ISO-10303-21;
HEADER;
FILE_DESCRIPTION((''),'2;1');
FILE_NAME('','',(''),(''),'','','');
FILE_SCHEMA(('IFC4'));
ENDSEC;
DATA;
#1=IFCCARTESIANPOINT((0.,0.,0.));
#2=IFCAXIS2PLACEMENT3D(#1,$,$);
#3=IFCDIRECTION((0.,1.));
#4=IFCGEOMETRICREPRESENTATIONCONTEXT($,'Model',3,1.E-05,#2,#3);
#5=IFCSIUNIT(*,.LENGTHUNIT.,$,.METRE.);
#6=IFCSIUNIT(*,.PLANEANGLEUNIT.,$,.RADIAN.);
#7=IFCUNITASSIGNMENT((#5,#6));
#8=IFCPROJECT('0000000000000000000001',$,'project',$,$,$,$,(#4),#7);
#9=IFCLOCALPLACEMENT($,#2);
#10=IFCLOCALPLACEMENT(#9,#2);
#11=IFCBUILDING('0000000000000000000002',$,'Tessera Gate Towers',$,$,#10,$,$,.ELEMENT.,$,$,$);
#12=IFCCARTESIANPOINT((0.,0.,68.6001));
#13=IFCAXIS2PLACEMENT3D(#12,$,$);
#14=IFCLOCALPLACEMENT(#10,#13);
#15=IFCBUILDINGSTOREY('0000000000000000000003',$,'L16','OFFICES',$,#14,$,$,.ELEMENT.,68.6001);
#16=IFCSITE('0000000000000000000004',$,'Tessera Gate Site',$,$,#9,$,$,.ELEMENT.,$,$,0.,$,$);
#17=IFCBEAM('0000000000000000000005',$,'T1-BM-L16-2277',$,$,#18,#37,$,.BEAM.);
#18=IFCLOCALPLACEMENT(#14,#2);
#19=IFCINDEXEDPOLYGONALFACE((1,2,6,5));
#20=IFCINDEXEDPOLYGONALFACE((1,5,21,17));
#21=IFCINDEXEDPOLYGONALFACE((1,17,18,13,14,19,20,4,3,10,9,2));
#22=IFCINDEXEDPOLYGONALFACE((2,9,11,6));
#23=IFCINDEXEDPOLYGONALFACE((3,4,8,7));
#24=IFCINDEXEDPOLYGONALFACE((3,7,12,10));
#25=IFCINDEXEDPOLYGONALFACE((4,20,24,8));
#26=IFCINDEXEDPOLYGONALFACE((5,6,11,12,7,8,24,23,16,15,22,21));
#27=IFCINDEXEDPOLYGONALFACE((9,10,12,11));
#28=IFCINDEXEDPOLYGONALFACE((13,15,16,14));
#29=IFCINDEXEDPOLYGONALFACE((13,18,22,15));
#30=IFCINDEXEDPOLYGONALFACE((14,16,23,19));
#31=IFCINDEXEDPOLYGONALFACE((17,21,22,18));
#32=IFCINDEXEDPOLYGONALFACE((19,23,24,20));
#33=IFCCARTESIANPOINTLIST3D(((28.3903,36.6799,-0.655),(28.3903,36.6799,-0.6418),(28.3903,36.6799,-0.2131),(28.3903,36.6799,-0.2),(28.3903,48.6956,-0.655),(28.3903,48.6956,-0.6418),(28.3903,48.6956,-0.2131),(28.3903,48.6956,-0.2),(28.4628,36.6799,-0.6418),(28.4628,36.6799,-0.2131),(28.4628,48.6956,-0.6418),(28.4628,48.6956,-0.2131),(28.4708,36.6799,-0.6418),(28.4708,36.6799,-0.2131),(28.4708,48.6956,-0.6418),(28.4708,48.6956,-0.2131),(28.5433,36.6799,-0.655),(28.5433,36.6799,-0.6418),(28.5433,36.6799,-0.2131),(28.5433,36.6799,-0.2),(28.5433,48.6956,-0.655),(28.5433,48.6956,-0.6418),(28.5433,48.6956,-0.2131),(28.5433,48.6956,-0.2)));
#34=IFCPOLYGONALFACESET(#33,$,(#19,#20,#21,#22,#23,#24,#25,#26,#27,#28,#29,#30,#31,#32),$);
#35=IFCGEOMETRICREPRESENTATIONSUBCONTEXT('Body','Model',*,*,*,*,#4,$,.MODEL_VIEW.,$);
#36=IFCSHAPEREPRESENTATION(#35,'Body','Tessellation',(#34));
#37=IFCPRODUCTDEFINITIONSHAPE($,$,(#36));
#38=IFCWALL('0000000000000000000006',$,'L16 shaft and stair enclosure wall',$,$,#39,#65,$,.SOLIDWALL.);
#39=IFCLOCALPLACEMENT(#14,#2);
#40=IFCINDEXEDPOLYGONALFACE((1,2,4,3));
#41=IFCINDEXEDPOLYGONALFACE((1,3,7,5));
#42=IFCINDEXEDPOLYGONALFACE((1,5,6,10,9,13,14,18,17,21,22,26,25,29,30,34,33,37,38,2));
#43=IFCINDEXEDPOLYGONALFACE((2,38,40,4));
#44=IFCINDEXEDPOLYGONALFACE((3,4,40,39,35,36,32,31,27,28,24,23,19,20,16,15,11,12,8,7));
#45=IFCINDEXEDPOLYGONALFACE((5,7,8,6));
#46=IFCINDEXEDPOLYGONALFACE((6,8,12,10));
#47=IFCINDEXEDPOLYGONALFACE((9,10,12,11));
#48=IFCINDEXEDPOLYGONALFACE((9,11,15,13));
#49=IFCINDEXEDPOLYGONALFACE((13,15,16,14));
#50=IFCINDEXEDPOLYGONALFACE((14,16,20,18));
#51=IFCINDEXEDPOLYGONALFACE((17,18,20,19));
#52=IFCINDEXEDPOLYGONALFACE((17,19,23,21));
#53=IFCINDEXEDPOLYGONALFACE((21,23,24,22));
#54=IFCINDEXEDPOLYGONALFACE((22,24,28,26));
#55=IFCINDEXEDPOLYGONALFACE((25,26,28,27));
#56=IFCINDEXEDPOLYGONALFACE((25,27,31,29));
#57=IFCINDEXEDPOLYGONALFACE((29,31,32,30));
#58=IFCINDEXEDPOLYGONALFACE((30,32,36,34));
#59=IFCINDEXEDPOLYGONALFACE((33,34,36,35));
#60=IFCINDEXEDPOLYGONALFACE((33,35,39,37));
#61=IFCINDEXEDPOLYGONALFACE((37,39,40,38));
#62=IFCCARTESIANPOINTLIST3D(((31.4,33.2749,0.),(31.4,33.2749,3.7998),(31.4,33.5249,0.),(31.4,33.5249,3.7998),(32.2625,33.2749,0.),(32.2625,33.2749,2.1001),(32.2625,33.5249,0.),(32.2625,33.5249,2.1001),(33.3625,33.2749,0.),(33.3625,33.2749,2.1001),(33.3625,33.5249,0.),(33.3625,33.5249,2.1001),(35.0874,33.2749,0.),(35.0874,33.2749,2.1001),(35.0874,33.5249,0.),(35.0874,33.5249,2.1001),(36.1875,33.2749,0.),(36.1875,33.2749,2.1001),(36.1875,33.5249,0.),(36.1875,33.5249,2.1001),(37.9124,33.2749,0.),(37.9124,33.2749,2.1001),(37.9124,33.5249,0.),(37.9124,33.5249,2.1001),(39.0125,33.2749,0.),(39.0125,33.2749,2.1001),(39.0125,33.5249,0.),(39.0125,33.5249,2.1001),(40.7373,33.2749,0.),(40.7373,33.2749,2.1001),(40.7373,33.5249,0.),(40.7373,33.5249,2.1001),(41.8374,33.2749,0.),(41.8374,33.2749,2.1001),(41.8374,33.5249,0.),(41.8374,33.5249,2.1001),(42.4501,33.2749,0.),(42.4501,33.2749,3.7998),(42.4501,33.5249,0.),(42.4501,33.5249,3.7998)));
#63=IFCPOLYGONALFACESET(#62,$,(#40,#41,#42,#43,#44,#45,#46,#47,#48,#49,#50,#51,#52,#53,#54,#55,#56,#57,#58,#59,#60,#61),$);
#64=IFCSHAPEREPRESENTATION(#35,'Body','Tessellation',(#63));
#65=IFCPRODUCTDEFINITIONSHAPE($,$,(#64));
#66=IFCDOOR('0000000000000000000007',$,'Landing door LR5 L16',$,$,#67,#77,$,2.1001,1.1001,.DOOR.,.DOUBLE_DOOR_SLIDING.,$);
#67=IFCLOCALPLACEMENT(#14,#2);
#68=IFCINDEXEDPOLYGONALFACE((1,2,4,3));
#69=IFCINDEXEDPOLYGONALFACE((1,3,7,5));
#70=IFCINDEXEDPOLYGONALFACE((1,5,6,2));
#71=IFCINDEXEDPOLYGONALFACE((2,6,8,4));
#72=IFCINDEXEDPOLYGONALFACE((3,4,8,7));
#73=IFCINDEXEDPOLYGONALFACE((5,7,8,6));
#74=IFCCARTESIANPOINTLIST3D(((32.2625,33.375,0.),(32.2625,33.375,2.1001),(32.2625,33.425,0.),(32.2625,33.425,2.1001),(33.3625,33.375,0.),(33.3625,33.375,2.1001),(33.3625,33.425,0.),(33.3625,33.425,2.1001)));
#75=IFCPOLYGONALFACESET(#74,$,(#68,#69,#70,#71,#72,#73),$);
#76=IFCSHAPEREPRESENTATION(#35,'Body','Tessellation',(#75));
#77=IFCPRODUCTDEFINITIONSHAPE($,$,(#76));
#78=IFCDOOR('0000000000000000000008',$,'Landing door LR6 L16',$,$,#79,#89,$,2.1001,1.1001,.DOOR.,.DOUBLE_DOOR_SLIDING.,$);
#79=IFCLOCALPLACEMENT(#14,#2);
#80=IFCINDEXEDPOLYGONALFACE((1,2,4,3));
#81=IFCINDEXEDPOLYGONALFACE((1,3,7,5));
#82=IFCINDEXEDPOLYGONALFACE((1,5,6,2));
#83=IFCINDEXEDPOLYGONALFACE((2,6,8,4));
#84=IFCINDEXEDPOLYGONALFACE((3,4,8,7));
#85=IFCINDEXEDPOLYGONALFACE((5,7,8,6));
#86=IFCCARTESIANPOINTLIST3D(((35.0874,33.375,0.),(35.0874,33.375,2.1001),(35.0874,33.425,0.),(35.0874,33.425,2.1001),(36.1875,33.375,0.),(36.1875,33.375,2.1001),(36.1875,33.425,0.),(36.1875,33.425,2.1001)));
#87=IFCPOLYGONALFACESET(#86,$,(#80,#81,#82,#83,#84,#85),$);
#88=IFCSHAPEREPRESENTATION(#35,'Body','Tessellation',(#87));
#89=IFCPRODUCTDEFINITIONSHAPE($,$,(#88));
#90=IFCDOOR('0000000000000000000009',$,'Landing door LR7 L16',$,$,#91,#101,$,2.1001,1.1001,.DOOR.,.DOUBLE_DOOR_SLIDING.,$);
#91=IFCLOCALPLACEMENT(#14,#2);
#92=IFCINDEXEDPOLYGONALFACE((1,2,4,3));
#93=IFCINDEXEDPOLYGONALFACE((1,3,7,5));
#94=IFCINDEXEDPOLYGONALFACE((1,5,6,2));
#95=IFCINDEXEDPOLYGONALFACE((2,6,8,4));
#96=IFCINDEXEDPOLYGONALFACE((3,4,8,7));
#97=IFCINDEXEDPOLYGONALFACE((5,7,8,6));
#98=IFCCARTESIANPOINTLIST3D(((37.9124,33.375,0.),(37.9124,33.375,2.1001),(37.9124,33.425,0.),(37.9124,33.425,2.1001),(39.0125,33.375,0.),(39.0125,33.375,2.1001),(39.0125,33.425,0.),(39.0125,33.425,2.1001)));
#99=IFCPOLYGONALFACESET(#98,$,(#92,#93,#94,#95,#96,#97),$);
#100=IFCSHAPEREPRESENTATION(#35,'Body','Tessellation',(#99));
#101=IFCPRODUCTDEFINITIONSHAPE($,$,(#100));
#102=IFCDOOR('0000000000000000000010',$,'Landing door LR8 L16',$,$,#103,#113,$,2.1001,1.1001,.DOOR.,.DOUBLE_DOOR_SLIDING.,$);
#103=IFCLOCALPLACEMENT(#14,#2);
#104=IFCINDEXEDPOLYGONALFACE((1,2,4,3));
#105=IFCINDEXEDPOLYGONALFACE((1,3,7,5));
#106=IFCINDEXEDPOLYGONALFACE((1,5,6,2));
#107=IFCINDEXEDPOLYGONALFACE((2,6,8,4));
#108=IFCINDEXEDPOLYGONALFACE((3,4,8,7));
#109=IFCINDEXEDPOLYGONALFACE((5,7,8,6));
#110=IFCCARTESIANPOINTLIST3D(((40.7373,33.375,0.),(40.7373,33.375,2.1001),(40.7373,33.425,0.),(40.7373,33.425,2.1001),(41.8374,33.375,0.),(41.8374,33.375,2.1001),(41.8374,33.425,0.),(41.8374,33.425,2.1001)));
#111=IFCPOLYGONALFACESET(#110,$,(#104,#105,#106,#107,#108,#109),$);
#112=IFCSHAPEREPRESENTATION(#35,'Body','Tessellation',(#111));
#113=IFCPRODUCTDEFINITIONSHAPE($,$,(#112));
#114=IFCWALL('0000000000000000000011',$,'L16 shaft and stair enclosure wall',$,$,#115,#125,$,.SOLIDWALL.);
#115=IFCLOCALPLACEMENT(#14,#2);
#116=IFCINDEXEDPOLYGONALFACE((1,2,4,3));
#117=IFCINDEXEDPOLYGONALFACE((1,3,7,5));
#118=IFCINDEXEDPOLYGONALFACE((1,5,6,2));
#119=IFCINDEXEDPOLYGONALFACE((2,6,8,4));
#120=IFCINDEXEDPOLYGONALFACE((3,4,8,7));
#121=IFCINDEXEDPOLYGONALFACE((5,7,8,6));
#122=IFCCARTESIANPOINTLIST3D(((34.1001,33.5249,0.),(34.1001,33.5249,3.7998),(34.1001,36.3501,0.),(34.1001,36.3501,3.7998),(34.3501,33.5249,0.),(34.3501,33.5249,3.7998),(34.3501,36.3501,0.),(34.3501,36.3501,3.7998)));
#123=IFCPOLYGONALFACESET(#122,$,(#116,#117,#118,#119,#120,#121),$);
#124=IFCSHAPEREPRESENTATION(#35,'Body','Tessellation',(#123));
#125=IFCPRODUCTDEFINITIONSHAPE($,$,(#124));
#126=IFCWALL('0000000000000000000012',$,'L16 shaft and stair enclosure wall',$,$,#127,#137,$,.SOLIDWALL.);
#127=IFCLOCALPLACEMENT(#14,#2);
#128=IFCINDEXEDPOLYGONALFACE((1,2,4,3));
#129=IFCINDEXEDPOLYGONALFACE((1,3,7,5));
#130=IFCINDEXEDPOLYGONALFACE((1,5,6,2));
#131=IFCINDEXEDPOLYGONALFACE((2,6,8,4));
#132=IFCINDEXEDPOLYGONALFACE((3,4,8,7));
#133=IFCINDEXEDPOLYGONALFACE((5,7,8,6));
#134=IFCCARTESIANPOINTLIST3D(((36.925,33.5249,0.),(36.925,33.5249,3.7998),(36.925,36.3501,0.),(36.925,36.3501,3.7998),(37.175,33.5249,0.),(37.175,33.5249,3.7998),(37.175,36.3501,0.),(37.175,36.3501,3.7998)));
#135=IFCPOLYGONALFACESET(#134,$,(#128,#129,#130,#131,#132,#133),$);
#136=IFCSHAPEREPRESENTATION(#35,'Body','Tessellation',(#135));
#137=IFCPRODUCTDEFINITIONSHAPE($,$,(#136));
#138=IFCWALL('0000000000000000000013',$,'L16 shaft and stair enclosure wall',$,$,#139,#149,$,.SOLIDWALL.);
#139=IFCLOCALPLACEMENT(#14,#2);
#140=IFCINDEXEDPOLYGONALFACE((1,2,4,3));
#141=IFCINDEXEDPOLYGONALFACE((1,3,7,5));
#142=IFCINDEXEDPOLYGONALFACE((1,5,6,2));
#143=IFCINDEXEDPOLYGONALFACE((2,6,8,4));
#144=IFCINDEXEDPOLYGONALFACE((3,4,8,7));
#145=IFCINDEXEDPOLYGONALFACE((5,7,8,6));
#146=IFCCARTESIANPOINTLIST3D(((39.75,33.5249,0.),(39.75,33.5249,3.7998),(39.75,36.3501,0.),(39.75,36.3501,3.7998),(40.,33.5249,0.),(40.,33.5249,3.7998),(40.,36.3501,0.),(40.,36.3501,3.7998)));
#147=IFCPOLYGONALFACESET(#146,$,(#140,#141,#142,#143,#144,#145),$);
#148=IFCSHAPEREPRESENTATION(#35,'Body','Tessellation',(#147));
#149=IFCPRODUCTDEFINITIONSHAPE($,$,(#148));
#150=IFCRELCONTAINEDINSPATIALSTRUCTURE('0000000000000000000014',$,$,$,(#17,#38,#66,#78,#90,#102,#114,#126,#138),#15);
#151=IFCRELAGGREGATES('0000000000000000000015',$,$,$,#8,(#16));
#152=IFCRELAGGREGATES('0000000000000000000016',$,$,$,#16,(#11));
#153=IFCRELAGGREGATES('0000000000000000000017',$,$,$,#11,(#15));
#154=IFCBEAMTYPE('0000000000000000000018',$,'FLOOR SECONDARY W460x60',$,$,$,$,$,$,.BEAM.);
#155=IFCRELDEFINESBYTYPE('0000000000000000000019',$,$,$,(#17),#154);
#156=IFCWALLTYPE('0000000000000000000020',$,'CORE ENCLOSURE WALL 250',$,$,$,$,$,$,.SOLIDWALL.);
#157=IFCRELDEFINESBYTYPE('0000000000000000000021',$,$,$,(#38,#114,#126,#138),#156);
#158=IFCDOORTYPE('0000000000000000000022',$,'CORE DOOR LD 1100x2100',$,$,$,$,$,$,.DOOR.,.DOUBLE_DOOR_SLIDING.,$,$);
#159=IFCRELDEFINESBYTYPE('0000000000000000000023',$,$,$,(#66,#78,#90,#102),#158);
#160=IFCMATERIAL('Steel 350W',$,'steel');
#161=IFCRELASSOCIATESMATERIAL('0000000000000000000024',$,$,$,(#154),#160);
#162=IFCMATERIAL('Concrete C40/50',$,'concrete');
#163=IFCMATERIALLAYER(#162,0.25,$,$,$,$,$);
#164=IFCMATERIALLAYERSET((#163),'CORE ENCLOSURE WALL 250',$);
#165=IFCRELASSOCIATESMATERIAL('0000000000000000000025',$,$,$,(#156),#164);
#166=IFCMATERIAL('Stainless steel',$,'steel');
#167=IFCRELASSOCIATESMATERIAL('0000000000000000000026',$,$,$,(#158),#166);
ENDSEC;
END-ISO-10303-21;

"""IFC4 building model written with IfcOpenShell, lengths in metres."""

from ifc_helpers import new_model, si_unit, direction, frame, frame_2d, origin, origin_2d, place, context, subcontext, project, spatial, rectangle, i_section, extrude, source, transform, mapped, material, layer, layer_set, material_profile, profile_set, type_object, element, fill, save


model = new_model("IFC4")

# Units and contexts
model_context = context("Model", 3, precision=1e-05, world=origin(), true_north=direction((0.0, 1.0)))
body_context = subcontext(model_context, "Body", "Model", "MODEL_VIEW")
ifc_project = project(units=[si_unit("LENGTHUNIT", "METRE"), si_unit("PLANEANGLEUNIT", "RADIAN")], contexts=[model_context])

# Site, building, storey
site_placement = place(None, origin())
site = spatial("IfcSite", under=ifc_project, at=site_placement, Name="Tessera Gate Site", CompositionType="ELEMENT", RefElevation=0.0)
building_placement = place(site_placement, origin())
building = spatial("IfcBuilding", under=site, at=building_placement, Name="Tessera Gate Towers", CompositionType="ELEMENT")
storey_placement = place(building_placement, frame((0.0, 0.0, 68.6001)))
storey = spatial("IfcBuildingStorey", under=building, at=storey_placement, Name="L16", Description="OFFICES", CompositionType="ELEMENT", Elevation=68.6001)

# Beam
ifc_material_1 = material(Name="Steel 350W", Category="steel")
ifc_material_profile = material_profile(ifc_material_1, i_section(OverallWidth=0.1531, OverallDepth=0.4551, WebThickness=0.0081, FlangeThickness=0.0132, at=origin_2d()), Name="W460x60")
ifc_profile_set = profile_set([ifc_material_profile], Name="Steel 350W")
beam_type = type_object("IfcBeamType", Name="FLOOR SECONDARY W460x60", PredefinedType="BEAM", material=ifc_profile_set)
beam_placement = place(storey_placement, frame((28.4668, 36.6799, -0.4275), z_axis=(0.0, 1.0, 0.0), x_axis=(-1.0, 0.0, 0.0)))
element("IfcBeam", 1, at=beam_placement, inside=storey, type_object=beam_type, Name="T1-BM-L16-2277", PredefinedType="BEAM", context=body_context, shape_type="SweptSolid", body=[
    extrude(i_section(OverallWidth=0.1531, OverallDepth=0.4551, WebThickness=0.0081, FlangeThickness=0.0132, at=origin_2d()), origin(), (0.0, 0.0, 1.0), 12.0156),
])

# Wall, openings, doors
ifc_material_2 = material(Name="Concrete C40/50", Category="concrete")
ifc_layer_1 = layer(ifc_material_2, 0.25)
ifc_layer_set_1 = layer_set([ifc_layer_1], Name="CORE ENCLOSURE WALL 250")
wall_type_1 = type_object("IfcWallType", Name="CORE ENCLOSURE WALL 250", PredefinedType="SOLIDWALL", material=ifc_layer_set_1)
wall_1_placement = place(storey_placement, frame((42.45, 33.3999, 0.0), z_axis=(0.0, 0.0, 1.0), x_axis=(-1.0, 0.0, 0.0)))
wall_1 = element("IfcWall", 2, at=wall_1_placement, inside=storey, type_object=wall_type_1, Name="L16 shaft and stair enclosure wall", PredefinedType="SOLIDWALL", context=body_context, shape_type="SweptSolid", body=[
    extrude(rectangle(XDim=11.05, YDim=0.25, at=frame_2d((5.5249, 0.0))), origin(), (0.0, 0.0, 1.0), 3.7998),
])
shared_shape_1 = source(origin(), body_context, "Body", "SweptSolid", [
    extrude(rectangle(XDim=1.1001, YDim=2.1001, at=frame_2d((0.55, 1.05))), frame((0.0, 0.135, 0.0), z_axis=(0.0, -1.0, 0.0), x_axis=(1.0, 0.0, 0.0)), (0.0, 0.0, 1.0), 0.27),
])
opening_1_placement = place(wall_1_placement, frame((9.0874, 0.0, 0.0)))
opening_1 = element("IfcOpeningElement", 3, at=opening_1_placement, cuts=wall_1, PredefinedType="OPENING", context=body_context, shape_type="MappedRepresentation", body=[
    mapped(shared_shape_1, transform((0.0, 0.0, 0.0), scale=1.0)),
])
opening_2_placement = place(wall_1_placement, frame((6.2625, 0.0, 0.0)))
opening_2 = element("IfcOpeningElement", 4, at=opening_2_placement, cuts=wall_1, PredefinedType="OPENING", context=body_context, shape_type="MappedRepresentation", body=[
    mapped(shared_shape_1, transform((0.0, 0.0, 0.0), scale=1.0)),
])
opening_3_placement = place(wall_1_placement, frame((3.4375, 0.0, 0.0)))
opening_3 = element("IfcOpeningElement", 5, at=opening_3_placement, cuts=wall_1, PredefinedType="OPENING", context=body_context, shape_type="MappedRepresentation", body=[
    mapped(shared_shape_1, transform((0.0, 0.0, 0.0), scale=1.0)),
])
opening_4_placement = place(wall_1_placement, frame((0.6125, 0.0, 0.0)))
opening_4 = element("IfcOpeningElement", 6, at=opening_4_placement, cuts=wall_1, PredefinedType="OPENING", context=body_context, shape_type="MappedRepresentation", body=[
    mapped(shared_shape_1, transform((0.0, 0.0, 0.0), scale=1.0)),
])
ifc_material_3 = material(Name="Stainless steel", Category="steel")
door_type_1 = type_object("IfcDoorType", Name="CORE DOOR LD 1100x2100", OperationType="DOUBLE_DOOR_SLIDING", PredefinedType="DOOR", material=ifc_material_3)
shared_shape_2 = source(origin(), body_context, "Body", "SweptSolid", [
    extrude(rectangle(XDim=1.1001, YDim=2.1001, at=frame_2d((0.55, 1.05))), frame((0.0, 0.0249, 0.0), z_axis=(0.0, -1.0, 0.0), x_axis=(1.0, 0.0, 0.0)), (0.0, 0.0, 1.0), 0.05),
])
door_1_placement = place(opening_1_placement, origin())
door_1 = element("IfcDoor", 7, at=door_1_placement, inside=storey, type_object=door_type_1, Name="Landing door LR5 L16", OperationType="DOUBLE_DOOR_SLIDING", OverallHeight=2.1001, OverallWidth=1.1001, PredefinedType="DOOR", context=body_context, shape_type="MappedRepresentation", body=[
    mapped(shared_shape_2, transform((0.0, 0.0, 0.0), scale=1.0)),
])
fill(opening_1, door_1)
door_2_placement = place(opening_2_placement, origin())
door_2 = element("IfcDoor", 8, at=door_2_placement, inside=storey, type_object=door_type_1, Name="Landing door LR6 L16", OperationType="DOUBLE_DOOR_SLIDING", OverallHeight=2.1001, OverallWidth=1.1001, PredefinedType="DOOR", context=body_context, shape_type="MappedRepresentation", body=[
    mapped(shared_shape_2, transform((0.0, 0.0, 0.0), scale=1.0)),
])
fill(opening_2, door_2)
door_3_placement = place(opening_3_placement, origin())
door_3 = element("IfcDoor", 9, at=door_3_placement, inside=storey, type_object=door_type_1, Name="Landing door LR7 L16", OperationType="DOUBLE_DOOR_SLIDING", OverallHeight=2.1001, OverallWidth=1.1001, PredefinedType="DOOR", context=body_context, shape_type="MappedRepresentation", body=[
    mapped(shared_shape_2, transform((0.0, 0.0, 0.0), scale=1.0)),
])
fill(opening_3, door_3)
door_4_placement = place(opening_4_placement, origin())
door_4 = element("IfcDoor", 10, at=door_4_placement, inside=storey, type_object=door_type_1, Name="Landing door LR8 L16", OperationType="DOUBLE_DOOR_SLIDING", OverallHeight=2.1001, OverallWidth=1.1001, PredefinedType="DOOR", context=body_context, shape_type="MappedRepresentation", body=[
    mapped(shared_shape_2, transform((0.0, 0.0, 0.0), scale=1.0)),
])
fill(opening_4, door_4)

# Walls
for number, where, z_axis, x_axis, name in (
    (11, (34.2251, 33.5249, 0.0), (0.0, 0.0, 1.0), (0.0, 1.0, 0.0), "L16 shaft and stair enclosure wall"),
    (12, (37.05, 33.5249, 0.0), (0.0, 0.0, 1.0), (0.0, 1.0, 0.0), "L16 shaft and stair enclosure wall"),
    (13, (39.875, 33.5249, 0.0), (0.0, 0.0, 1.0), (0.0, 1.0, 0.0), "L16 shaft and stair enclosure wall"),
):
    element("IfcWall", number, at=place(storey_placement, frame(where, z_axis=z_axis, x_axis=x_axis)), inside=storey, type_object=wall_type_1, Name=name, PredefinedType="SOLIDWALL", context=body_context, shape_type="SweptSolid", body=[
        extrude(rectangle(XDim=2.8252, YDim=0.25, at=frame_2d((1.4126, 0.0))), origin(), (0.0, 0.0, 1.0), 3.7998),
    ])

save(model, "model.ifc")
